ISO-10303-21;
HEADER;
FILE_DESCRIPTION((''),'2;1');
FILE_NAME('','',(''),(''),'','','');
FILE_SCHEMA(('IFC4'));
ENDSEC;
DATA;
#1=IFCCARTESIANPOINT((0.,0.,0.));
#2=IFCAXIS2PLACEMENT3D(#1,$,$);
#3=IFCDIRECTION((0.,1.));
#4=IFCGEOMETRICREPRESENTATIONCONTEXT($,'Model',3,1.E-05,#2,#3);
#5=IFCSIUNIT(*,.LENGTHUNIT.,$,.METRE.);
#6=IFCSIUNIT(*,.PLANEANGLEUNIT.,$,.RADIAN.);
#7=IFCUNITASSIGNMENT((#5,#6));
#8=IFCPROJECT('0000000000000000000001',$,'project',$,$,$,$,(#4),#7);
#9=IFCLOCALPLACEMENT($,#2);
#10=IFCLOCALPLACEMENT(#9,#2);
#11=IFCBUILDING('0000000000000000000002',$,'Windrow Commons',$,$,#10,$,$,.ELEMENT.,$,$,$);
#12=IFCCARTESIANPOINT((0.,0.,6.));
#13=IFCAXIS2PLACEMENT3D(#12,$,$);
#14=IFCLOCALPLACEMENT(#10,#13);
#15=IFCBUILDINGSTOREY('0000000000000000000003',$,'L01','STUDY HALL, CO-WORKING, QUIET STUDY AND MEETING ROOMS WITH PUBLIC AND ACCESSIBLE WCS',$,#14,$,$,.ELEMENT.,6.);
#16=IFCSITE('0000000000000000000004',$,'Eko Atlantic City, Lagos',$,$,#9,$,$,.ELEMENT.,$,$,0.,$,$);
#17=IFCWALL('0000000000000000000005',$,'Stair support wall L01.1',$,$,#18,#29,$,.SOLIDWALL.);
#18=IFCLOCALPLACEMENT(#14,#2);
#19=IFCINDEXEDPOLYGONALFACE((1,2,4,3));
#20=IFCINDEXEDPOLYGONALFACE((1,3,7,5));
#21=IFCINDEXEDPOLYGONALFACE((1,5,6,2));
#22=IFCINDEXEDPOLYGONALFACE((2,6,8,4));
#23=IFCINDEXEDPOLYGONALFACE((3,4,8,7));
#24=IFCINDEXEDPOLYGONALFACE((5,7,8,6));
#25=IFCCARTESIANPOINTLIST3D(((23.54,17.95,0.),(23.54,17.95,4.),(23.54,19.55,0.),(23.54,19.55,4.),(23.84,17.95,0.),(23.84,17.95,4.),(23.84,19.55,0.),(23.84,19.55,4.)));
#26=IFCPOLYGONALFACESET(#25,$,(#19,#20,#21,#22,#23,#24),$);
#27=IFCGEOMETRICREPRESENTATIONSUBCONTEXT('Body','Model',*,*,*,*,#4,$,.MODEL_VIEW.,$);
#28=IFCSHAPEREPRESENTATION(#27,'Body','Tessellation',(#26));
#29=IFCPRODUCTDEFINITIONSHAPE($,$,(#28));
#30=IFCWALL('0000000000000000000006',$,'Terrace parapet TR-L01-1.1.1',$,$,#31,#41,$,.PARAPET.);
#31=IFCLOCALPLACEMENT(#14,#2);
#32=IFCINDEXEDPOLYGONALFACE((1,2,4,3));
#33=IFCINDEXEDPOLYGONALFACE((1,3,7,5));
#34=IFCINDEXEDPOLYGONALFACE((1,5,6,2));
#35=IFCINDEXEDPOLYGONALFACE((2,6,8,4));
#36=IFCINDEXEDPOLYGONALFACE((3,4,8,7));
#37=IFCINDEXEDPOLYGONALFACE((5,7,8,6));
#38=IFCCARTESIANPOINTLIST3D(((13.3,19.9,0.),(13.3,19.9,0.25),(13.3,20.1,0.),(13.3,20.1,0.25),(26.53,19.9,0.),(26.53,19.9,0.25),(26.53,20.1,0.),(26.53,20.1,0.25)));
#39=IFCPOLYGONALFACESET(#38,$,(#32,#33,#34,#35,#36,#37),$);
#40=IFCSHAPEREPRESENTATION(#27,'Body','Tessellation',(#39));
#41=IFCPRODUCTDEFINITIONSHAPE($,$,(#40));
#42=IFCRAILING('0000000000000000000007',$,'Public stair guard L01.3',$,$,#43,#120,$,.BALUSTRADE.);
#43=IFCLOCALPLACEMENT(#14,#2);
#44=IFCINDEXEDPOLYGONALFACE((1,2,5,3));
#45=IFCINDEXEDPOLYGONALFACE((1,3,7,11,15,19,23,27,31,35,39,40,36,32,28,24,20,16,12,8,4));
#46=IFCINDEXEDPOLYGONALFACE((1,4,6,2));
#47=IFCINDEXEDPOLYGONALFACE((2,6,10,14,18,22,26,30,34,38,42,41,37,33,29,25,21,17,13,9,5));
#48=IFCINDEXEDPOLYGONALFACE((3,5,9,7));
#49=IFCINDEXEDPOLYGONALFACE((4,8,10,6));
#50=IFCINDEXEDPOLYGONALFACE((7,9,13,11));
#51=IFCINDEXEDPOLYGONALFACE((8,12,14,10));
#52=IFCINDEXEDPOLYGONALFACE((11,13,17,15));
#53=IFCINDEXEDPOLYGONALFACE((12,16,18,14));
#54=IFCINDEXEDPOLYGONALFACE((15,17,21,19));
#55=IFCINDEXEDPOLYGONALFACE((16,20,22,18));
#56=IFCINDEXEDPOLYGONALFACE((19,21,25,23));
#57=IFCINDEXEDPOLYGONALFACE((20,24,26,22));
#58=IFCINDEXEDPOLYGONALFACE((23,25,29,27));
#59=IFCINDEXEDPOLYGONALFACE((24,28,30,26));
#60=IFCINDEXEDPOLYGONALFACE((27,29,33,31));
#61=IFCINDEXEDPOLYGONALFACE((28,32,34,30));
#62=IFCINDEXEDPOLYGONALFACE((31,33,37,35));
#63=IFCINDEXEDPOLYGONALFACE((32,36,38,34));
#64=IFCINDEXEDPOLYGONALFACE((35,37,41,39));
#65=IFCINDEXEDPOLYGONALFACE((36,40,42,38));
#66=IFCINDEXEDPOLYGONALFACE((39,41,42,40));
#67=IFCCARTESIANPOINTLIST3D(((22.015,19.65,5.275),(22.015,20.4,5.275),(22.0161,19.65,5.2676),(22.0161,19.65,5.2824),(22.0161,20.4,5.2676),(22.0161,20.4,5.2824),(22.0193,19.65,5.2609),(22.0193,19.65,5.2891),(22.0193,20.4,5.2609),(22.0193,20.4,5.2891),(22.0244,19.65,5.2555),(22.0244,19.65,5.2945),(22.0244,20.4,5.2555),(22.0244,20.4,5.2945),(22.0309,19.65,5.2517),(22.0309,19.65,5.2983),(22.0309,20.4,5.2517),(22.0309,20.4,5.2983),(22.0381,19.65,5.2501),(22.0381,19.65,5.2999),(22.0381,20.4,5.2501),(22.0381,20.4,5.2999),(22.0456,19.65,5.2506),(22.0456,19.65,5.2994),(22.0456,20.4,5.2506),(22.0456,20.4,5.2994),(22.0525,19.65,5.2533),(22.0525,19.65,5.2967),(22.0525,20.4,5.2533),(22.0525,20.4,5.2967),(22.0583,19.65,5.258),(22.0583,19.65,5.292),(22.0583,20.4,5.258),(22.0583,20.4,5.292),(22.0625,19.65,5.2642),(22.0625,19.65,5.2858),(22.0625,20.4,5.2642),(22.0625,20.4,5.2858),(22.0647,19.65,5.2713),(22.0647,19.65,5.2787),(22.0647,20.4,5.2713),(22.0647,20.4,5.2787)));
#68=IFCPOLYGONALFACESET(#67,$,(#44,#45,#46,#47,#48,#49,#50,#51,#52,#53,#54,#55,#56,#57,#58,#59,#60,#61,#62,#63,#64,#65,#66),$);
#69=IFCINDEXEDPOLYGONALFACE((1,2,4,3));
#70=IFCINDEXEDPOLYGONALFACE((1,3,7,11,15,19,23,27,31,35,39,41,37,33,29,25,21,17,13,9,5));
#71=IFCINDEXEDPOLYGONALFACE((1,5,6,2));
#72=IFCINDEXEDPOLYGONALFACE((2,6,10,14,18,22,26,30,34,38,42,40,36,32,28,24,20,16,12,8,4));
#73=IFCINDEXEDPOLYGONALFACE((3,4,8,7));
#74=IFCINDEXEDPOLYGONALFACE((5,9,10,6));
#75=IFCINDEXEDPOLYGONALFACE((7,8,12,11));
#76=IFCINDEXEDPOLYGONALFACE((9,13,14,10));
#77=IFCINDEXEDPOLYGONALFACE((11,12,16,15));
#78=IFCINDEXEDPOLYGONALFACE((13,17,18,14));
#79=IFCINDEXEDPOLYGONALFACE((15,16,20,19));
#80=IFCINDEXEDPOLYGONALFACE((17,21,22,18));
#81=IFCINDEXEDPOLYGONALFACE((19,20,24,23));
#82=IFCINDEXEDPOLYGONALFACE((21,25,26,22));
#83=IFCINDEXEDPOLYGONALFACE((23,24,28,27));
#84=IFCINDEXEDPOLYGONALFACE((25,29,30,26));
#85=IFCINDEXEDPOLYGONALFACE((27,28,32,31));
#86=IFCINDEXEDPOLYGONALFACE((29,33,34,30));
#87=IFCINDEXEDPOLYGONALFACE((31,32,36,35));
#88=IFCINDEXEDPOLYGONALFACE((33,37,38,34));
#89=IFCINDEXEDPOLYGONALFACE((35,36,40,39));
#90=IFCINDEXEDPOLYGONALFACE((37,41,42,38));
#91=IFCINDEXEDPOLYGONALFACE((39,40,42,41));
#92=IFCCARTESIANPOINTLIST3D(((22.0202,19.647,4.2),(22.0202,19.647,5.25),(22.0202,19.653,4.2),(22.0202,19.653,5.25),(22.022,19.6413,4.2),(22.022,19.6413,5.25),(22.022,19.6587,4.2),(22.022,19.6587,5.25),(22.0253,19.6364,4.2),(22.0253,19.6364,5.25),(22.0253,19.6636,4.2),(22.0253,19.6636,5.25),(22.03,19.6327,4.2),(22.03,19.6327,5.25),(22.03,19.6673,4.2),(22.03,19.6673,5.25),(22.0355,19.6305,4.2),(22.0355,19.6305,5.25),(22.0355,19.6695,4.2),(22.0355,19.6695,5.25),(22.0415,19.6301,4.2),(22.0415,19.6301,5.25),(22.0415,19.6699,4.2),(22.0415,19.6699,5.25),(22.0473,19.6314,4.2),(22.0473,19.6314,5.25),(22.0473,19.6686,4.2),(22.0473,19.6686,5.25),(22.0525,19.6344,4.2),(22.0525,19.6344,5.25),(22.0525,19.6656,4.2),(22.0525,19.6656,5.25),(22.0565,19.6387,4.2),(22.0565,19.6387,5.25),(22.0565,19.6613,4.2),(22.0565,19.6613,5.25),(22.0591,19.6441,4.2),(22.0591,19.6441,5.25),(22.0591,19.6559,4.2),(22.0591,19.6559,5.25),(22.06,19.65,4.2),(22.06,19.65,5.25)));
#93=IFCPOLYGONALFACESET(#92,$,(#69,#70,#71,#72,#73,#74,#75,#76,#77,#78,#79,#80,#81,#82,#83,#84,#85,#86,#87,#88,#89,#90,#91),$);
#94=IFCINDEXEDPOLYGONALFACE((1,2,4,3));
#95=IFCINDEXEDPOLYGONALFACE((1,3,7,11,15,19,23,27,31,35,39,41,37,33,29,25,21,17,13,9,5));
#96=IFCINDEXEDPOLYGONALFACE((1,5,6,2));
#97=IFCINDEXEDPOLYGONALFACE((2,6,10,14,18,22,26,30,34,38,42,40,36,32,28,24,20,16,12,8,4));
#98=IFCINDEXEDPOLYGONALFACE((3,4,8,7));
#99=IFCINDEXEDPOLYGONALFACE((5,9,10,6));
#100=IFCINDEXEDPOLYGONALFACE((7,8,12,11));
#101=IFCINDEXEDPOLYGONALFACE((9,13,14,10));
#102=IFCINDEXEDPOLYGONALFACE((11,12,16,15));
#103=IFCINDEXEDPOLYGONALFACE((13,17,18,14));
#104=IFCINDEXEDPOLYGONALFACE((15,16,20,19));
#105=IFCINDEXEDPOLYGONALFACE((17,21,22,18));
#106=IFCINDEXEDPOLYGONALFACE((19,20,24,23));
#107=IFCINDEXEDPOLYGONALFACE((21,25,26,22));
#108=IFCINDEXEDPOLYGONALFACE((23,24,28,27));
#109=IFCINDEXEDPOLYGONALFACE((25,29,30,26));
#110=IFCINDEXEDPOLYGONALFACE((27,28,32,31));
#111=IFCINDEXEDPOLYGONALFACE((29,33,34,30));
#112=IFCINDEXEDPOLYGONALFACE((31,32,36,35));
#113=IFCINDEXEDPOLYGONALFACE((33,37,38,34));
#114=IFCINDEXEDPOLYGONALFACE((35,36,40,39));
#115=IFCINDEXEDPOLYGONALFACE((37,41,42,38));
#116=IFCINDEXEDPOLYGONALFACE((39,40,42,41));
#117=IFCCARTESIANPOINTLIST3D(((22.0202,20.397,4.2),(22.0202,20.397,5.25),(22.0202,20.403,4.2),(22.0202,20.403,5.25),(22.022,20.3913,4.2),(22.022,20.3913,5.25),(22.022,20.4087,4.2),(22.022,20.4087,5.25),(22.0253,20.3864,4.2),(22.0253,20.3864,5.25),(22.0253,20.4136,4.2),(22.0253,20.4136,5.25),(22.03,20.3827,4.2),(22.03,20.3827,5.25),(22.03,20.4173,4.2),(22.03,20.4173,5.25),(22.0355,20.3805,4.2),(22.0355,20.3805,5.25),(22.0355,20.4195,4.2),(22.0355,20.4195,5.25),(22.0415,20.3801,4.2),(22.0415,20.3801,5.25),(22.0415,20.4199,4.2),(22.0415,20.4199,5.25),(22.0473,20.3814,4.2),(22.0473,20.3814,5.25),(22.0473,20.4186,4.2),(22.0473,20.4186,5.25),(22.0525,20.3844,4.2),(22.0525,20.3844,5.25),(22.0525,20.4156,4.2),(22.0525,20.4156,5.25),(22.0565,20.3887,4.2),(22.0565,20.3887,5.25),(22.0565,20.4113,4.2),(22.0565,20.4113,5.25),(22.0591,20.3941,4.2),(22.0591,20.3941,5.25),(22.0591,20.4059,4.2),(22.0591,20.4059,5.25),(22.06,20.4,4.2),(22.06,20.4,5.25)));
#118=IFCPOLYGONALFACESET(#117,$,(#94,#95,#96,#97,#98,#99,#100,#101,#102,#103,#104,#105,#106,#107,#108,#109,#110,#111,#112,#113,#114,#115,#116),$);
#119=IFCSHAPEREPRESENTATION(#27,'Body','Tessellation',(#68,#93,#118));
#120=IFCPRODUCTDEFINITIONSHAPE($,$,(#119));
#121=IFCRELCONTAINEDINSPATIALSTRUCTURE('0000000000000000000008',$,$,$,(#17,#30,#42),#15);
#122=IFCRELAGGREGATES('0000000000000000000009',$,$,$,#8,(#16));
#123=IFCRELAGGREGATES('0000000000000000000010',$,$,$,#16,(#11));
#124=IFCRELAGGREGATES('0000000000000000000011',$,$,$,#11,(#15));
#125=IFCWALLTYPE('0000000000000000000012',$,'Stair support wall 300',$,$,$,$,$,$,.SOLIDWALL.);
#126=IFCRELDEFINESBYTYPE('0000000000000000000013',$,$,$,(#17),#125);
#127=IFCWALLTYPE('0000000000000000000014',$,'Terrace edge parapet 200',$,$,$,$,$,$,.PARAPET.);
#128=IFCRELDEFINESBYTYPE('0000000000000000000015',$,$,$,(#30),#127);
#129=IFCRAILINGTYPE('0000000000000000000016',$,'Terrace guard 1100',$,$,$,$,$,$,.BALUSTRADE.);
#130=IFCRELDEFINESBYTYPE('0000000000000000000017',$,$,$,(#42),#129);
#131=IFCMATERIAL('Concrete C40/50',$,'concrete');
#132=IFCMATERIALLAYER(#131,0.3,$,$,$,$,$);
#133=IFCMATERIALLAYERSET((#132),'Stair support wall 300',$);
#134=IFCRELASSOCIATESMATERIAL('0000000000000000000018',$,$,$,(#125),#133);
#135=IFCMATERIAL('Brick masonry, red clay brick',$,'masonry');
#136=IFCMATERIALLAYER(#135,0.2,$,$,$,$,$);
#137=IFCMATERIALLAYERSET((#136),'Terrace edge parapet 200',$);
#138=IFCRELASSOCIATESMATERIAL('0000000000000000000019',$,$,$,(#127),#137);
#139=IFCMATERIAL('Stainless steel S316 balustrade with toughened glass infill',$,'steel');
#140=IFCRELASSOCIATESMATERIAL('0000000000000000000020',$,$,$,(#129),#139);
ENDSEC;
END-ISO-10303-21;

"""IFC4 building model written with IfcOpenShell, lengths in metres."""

from ifc_helpers import new_model, si_unit, direction, frame, frame_2d, origin, origin_2d, place, context, subcontext, project, spatial, polyline, rectangle, circle, outline, extrude, material, layer, layer_set, type_object, element, save


model = new_model("IFC4")

# Units and contexts
model_context = context("Model", 3, precision=1e-05, world=origin(), true_north=direction((0.0, 1.0)))
body_context = subcontext(model_context, "Body", "Model", "MODEL_VIEW")
ifc_project = project(units=[si_unit("LENGTHUNIT", "METRE"), si_unit("PLANEANGLEUNIT", "RADIAN")], contexts=[model_context])

# Site, building, storey
site_placement = place(None, origin())
site = spatial("IfcSite", under=ifc_project, at=site_placement, Name="Eko Atlantic City, Lagos", CompositionType="ELEMENT", RefElevation=0.0)
building_placement = place(site_placement, origin())
building = spatial("IfcBuilding", under=site, at=building_placement, Name="Windrow Commons", CompositionType="ELEMENT")
storey_placement = place(building_placement, frame((0.0, 0.0, 6.0)))
storey = spatial("IfcBuildingStorey", under=building, at=storey_placement, Name="L01", Description="STUDY HALL, CO-WORKING, QUIET STUDY AND MEETING ROOMS WITH PUBLIC AND ACCESSIBLE WCS", CompositionType="ELEMENT", Elevation=6.0)

# Walls
ifc_material_1 = material(Name="Concrete C40/50", Category="concrete")
ifc_layer_1 = layer(ifc_material_1, 0.3)
ifc_layer_set_1 = layer_set([ifc_layer_1], Name="Stair support wall 300")
wall_type_1 = type_object("IfcWallType", Name="Stair support wall 300", PredefinedType="SOLIDWALL", material=ifc_layer_set_1)
wall_1_placement = place(storey_placement, frame((23.69, 19.55, 0.0), z_axis=(0.0, 0.0, 1.0), x_axis=(0.0, -1.0, 0.0)))
element("IfcWall", 1, at=wall_1_placement, inside=storey, type_object=wall_type_1, Name="Stair support wall L01.1", PredefinedType="SOLIDWALL", context=body_context, shape_type="SweptSolid", body=[
    extrude(rectangle(XDim=1.6, YDim=0.3, at=frame_2d((0.8, 0.0))), origin(), (0.0, 0.0, 1.0), 4.0),
])
ifc_material_2 = material(Name="Brick masonry, red clay brick", Category="masonry")
ifc_layer_2 = layer(ifc_material_2, 0.2)
ifc_layer_set_2 = layer_set([ifc_layer_2], Name="Terrace edge parapet 200")
wall_type_2 = type_object("IfcWallType", Name="Terrace edge parapet 200", PredefinedType="PARAPET", material=ifc_layer_set_2)
wall_2_placement = place(storey_placement, frame((26.53, 20.0, 0.0), z_axis=(0.0, 0.0, 1.0), x_axis=(-1.0, 0.0, 0.0)))
element("IfcWall", 2, at=wall_2_placement, inside=storey, type_object=wall_type_2, Name="Terrace parapet TR-L01-1.1.1", PredefinedType="PARAPET", context=body_context, shape_type="SweptSolid", body=[
    extrude(outline(polyline([(0.0, -0.1), (13.23, -0.1), (13.23, 0.1), (0.0, 0.1), (0.0, -0.1)])), origin(), (0.0, 0.0, 1.0), 0.25),
])

# Railing
ifc_material_3 = material(Name="Stainless steel S316 balustrade with toughened glass infill", Category="steel")
railing_type_1 = type_object("IfcRailingType", Name="Terrace guard 1100", PredefinedType="BALUSTRADE", material=ifc_material_3)
railing_1_placement = place(storey_placement, frame((22.04, 19.65, 4.2)))
element("IfcRailing", 3, at=railing_1_placement, inside=storey, type_object=railing_type_1, Name="Public stair guard L01.3", PredefinedType="BALUSTRADE", context=body_context, shape_type="SweptSolid", body=[
    extrude(circle(Radius=0.025, at=origin_2d()), frame((0.0, 0.0, 1.075), z_axis=(0.0, 1.0, 0.0), x_axis=(-1.0, 0.0, 0.0)), (0.0, 0.0, 1.0), 0.75),
    extrude(circle(Radius=0.02, at=origin_2d()), origin(), (0.0, 0.0, 1.0), 1.05),
    extrude(circle(Radius=0.02, at=origin_2d()), frame((0.0, 0.75, 0.0)), (0.0, 0.0, 1.0), 1.05),
])

save(model, "model.ifc")
